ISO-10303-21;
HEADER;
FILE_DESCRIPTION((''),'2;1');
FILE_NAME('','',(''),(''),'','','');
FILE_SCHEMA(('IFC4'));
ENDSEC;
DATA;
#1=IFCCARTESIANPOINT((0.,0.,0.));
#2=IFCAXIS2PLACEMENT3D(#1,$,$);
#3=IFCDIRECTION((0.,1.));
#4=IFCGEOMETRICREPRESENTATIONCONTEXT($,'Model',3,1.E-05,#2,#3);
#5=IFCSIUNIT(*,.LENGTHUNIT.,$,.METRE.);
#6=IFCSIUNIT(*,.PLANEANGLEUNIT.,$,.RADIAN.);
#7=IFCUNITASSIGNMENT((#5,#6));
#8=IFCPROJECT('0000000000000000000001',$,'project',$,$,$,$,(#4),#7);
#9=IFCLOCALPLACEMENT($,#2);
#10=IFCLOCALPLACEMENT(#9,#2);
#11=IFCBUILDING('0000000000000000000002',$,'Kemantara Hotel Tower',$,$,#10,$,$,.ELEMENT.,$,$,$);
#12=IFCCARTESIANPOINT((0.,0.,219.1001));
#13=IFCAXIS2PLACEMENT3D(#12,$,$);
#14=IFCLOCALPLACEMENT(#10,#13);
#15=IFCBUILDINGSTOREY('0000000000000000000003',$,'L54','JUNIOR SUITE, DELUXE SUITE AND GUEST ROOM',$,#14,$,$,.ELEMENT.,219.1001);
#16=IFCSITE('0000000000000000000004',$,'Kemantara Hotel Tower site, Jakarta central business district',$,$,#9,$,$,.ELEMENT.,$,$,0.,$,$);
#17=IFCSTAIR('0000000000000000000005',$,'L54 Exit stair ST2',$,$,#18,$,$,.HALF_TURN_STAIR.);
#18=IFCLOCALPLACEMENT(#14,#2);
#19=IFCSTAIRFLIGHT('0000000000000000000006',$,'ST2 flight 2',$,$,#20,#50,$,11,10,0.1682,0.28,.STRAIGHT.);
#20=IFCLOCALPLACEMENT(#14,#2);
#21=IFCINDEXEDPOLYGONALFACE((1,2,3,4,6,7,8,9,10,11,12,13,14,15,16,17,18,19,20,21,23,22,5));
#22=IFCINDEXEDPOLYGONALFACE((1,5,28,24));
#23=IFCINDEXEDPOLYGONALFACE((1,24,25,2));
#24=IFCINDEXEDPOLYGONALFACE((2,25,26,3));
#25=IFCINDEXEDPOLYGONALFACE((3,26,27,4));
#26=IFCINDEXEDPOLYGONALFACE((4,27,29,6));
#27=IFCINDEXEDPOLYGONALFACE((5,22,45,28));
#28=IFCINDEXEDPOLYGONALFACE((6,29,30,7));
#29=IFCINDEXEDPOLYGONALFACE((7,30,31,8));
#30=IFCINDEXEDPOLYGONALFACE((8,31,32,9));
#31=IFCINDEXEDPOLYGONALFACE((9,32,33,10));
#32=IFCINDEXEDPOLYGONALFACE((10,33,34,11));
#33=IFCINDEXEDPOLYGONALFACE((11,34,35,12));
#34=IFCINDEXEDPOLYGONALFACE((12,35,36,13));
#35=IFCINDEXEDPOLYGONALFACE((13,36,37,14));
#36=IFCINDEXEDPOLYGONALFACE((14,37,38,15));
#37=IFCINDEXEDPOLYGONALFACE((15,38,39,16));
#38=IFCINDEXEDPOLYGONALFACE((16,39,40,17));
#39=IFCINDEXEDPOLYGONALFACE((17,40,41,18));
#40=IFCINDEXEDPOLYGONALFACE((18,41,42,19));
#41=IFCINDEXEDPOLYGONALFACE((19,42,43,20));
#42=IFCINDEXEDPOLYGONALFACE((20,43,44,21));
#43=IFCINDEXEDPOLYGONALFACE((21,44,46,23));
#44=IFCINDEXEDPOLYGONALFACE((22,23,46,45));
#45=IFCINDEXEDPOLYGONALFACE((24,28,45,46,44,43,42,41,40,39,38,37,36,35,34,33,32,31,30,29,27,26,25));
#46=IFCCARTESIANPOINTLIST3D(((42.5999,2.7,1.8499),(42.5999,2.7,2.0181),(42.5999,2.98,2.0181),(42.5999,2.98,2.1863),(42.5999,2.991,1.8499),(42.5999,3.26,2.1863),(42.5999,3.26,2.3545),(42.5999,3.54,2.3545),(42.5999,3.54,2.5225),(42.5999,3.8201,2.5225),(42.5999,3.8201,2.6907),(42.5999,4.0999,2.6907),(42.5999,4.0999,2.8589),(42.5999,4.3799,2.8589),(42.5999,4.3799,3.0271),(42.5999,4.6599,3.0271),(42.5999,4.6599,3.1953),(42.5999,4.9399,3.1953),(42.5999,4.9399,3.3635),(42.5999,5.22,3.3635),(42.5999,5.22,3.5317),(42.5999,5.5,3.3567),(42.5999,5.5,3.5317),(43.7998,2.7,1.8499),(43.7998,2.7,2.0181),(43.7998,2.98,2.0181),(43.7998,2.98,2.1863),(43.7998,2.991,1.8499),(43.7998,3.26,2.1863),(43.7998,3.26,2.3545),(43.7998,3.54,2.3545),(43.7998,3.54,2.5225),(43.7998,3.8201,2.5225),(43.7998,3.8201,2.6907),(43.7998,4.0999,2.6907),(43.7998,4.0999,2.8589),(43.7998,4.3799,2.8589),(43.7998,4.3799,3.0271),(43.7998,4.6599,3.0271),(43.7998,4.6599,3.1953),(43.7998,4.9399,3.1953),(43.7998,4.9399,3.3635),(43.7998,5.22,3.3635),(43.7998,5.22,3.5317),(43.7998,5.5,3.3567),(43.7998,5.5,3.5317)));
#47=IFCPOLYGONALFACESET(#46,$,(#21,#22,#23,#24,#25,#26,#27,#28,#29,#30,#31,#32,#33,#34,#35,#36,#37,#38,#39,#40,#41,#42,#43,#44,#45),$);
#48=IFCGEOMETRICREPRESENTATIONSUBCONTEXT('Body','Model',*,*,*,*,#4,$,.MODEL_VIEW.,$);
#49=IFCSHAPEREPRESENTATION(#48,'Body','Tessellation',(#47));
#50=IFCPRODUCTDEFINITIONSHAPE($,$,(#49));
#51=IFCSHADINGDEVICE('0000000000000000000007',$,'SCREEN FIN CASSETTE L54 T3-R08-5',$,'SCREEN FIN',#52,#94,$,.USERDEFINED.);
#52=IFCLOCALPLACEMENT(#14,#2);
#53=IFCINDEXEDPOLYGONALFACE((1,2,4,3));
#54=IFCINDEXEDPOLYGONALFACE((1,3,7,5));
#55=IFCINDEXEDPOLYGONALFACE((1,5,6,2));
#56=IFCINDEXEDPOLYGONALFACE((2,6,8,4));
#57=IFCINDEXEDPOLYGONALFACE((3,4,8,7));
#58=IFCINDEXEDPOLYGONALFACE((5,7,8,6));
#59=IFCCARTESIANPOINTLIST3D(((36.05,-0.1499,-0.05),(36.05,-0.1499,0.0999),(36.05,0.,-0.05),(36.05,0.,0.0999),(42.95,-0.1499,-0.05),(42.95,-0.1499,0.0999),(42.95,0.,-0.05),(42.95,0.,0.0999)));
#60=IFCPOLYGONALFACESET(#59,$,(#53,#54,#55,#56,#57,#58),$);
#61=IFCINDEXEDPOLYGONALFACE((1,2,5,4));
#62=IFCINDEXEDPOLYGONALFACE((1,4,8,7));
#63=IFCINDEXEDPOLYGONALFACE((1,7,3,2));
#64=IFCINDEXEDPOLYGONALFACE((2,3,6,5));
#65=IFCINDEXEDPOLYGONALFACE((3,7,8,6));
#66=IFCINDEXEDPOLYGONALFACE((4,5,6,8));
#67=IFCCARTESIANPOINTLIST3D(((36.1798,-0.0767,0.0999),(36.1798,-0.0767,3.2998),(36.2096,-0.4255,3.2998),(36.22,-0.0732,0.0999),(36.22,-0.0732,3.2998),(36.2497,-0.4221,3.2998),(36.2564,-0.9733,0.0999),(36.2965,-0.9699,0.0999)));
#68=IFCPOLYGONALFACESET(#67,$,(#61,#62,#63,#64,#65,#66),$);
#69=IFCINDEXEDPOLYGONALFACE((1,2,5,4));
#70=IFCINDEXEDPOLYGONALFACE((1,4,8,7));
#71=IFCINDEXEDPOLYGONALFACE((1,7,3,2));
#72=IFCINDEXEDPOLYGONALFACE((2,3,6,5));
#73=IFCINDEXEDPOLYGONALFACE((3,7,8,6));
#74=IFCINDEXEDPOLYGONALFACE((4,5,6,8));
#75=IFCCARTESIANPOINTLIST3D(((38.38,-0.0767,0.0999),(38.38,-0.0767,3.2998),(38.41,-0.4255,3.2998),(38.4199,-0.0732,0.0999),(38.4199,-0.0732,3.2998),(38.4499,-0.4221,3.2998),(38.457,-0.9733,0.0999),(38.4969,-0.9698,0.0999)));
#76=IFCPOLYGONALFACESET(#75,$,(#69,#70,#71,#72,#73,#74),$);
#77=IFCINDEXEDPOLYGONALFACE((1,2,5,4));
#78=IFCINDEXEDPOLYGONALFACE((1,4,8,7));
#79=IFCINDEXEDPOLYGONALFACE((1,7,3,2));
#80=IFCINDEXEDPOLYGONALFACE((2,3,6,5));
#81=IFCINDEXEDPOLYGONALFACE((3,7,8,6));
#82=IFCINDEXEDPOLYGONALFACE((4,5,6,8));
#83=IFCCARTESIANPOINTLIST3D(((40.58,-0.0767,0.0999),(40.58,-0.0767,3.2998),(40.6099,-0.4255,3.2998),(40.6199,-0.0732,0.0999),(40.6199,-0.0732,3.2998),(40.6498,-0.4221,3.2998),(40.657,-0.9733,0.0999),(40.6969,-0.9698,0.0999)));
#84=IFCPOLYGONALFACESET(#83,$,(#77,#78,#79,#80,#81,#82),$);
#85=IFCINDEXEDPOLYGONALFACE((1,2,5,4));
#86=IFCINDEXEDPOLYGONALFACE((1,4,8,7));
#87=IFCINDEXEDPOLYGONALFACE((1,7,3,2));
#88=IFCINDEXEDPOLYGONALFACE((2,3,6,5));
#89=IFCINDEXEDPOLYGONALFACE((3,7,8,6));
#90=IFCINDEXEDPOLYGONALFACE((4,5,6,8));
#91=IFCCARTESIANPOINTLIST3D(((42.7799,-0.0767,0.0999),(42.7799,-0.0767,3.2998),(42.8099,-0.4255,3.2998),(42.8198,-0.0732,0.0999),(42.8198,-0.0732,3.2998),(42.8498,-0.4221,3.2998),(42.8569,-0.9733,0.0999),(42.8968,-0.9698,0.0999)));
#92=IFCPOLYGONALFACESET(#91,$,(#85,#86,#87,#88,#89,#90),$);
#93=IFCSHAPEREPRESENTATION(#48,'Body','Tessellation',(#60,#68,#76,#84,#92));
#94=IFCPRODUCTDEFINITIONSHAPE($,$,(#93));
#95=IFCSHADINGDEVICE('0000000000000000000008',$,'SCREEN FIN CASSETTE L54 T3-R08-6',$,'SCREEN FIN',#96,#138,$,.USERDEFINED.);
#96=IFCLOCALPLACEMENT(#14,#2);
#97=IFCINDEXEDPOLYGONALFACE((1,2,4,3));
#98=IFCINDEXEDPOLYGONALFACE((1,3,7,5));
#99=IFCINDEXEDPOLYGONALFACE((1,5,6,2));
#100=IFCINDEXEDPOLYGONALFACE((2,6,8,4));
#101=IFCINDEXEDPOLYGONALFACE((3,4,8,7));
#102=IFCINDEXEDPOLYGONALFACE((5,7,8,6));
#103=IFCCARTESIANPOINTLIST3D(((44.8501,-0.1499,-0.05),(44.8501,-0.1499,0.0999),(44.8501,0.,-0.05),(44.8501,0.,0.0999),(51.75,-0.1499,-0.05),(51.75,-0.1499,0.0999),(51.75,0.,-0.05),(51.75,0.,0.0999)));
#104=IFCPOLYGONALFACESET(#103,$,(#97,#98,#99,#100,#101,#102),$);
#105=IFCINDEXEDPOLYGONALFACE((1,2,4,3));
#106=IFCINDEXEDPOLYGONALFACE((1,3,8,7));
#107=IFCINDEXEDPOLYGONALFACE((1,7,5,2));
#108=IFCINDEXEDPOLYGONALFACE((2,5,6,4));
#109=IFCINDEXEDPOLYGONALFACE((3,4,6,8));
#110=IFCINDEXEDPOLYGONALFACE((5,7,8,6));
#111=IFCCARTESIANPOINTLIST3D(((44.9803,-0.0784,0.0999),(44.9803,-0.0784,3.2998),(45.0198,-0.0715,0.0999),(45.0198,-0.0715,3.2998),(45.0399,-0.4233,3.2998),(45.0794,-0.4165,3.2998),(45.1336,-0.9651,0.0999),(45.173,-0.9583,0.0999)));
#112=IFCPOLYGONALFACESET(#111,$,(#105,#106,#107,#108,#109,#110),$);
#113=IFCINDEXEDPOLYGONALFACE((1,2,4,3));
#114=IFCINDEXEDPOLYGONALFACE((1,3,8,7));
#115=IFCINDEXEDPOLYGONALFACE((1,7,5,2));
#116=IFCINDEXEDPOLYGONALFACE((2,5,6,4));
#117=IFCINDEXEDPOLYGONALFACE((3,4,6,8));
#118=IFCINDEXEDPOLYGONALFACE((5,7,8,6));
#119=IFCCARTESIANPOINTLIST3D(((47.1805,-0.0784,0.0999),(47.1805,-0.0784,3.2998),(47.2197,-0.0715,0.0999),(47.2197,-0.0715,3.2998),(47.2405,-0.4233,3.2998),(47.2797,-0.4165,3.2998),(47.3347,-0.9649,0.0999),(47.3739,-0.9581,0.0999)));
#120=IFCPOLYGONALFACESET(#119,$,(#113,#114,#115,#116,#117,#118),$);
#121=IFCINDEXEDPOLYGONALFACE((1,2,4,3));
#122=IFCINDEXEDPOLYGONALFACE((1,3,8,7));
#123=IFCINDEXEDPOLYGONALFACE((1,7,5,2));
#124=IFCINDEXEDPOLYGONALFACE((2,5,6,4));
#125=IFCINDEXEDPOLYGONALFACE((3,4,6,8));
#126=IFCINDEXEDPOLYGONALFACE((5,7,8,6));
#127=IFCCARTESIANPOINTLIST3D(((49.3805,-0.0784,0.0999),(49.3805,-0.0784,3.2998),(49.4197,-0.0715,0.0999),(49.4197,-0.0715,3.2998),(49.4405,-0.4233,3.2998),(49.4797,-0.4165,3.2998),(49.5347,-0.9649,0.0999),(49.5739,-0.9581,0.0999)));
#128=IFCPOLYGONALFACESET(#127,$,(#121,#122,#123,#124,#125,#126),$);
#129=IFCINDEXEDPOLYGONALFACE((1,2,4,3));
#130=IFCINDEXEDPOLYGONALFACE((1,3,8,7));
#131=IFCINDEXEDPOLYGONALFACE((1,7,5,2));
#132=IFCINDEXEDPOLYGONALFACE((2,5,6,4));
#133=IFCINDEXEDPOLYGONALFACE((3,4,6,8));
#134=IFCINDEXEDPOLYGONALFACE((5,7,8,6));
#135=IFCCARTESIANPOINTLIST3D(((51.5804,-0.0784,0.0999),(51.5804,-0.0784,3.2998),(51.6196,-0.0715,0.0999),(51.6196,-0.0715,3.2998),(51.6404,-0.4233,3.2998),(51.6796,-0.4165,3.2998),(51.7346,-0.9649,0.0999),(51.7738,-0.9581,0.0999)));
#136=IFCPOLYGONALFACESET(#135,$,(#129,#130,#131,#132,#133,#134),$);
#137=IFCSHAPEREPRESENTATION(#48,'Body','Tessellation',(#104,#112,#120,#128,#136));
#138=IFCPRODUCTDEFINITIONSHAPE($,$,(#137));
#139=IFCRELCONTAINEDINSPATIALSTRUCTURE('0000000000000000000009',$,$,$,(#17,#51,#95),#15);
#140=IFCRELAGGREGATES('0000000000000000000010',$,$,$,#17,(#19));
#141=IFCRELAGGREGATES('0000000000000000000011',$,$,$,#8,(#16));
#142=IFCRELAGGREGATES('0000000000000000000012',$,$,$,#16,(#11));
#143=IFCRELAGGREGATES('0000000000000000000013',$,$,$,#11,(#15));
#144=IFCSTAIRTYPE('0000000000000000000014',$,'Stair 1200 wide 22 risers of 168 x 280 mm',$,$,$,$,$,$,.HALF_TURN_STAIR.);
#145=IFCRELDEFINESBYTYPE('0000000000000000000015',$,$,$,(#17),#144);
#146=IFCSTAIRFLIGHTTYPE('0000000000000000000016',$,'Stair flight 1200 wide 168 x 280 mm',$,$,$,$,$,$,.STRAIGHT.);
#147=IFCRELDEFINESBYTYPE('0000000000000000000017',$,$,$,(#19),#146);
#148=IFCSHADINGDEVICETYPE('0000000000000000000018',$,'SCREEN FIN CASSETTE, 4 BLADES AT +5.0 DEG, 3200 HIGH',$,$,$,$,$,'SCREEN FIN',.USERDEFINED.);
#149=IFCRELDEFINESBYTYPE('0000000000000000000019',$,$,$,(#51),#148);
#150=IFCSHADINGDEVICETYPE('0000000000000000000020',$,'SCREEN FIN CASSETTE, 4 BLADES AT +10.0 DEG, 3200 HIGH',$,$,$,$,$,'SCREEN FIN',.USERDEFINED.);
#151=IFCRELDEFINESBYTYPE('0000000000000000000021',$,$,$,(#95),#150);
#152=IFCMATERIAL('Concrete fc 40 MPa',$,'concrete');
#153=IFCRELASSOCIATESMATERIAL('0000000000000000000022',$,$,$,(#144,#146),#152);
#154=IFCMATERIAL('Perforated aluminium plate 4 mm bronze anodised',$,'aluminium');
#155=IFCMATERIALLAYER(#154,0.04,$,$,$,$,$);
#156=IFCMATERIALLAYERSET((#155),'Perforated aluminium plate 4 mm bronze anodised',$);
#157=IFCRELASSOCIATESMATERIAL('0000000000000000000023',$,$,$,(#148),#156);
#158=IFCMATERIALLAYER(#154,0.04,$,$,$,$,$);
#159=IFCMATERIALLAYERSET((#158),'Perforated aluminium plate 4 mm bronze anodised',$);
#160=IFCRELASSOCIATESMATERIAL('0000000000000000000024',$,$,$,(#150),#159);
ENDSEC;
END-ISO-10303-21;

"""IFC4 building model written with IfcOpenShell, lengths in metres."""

from ifc_helpers import new_model, si_unit, direction, frame, origin, origin_2d, place, context, subcontext, project, spatial, polyline, rectangle, outline, extrude, source, transform, mapped, material, layer, layer_set, type_object, element, aggregate, save


model = new_model("IFC4")

# Units and contexts
model_context = context("Model", 3, precision=1e-05, world=origin(), true_north=direction((0.0, 1.0)))
body_context = subcontext(model_context, "Body", "Model", "MODEL_VIEW")
ifc_project = project(units=[si_unit("LENGTHUNIT", "METRE"), si_unit("PLANEANGLEUNIT", "RADIAN")], contexts=[model_context])

# Site, building, storey
site_placement = place(None, origin())
site = spatial("IfcSite", under=ifc_project, at=site_placement, Name="Kemantara Hotel Tower site, Jakarta central business district", CompositionType="ELEMENT", RefElevation=0.0)
building_placement = place(site_placement, origin())
building = spatial("IfcBuilding", under=site, at=building_placement, Name="Kemantara Hotel Tower", CompositionType="ELEMENT")
storey_placement = place(building_placement, frame((0.0, 0.0, 219.1001)))
storey = spatial("IfcBuildingStorey", under=building, at=storey_placement, Name="L54", Description="JUNIOR SUITE, DELUXE SUITE AND GUEST ROOM", CompositionType="ELEMENT", Elevation=219.1001)

# Stair, stair flight
ifc_material_1 = material(Name="Concrete fc 40 MPa", Category="concrete")
stair_type = type_object("IfcStairType", Name="Stair 1200 wide 22 risers of 168 x 280 mm", PredefinedType="HALF_TURN_STAIR", material=ifc_material_1)
stair_placement = place(storey_placement, origin())
stair = element("IfcStair", 1, at=stair_placement, inside=storey, type_object=stair_type, Name="L54 Exit stair ST2", PredefinedType="HALF_TURN_STAIR")
stair_flight_type = type_object("IfcStairFlightType", Name="Stair flight 1200 wide 168 x 280 mm", PredefinedType="STRAIGHT", material=ifc_material_1)
stair_flight_1_placement = place(storey_placement, frame((43.2, 2.7, 1.8499), z_axis=(0.0, 0.0, 1.0), x_axis=(0.0, 1.0, 0.0)))
stair_flight_1 = element("IfcStairFlight", 2, at=stair_flight_1_placement, type_object=stair_flight_type, Name="ST2 flight 2", NumberOfRisers=11, NumberOfTreads=10, PredefinedType="STRAIGHT", RiserHeight=0.1682, TreadLength=0.28, context=body_context, shape_type="SweptSolid", body=[
    extrude(outline(polyline([(0.0, 0.0), (0.0, 0.1682), (0.28, 0.1682), (0.28, 0.3364), (0.5601, 0.3364), (0.5601, 0.5046), (0.8401, 0.5046), (0.8401, 0.6726), (1.1201, 0.6726), (1.1201, 0.8408), (1.3999, 0.8408), (1.3999, 1.009), (1.6799, 1.009), (1.6799, 1.1772), (1.96, 1.1772), (1.96, 1.3455), (2.24, 1.3455), (2.24, 1.5137), (2.52, 1.5137), (2.52, 1.6819), (2.8, 1.6819), (2.8, 1.8501), (2.8, 1.5068), (0.291, 0.0), (0.0, 0.0)])), frame((0.0, 0.6001, 0.0), z_axis=(0.0, -1.0, 0.0), x_axis=(1.0, 0.0, 0.0)), (0.0, 0.0, 1.0), 1.2),
])
aggregate(stair, [stair_flight_1])

# Shading devices
ifc_material_2 = material(Name="Perforated aluminium plate 4 mm bronze anodised", Category="aluminium")
ifc_layer_1 = layer(ifc_material_2, 0.04)
ifc_layer_set_1 = layer_set([ifc_layer_1], Name="Perforated aluminium plate 4 mm bronze anodised")
shading_device_type_1 = type_object("IfcShadingDeviceType", Name="SCREEN FIN CASSETTE, 4 BLADES AT +5.0 DEG, 3200 HIGH", ElementType="SCREEN FIN", PredefinedType="USERDEFINED", material=ifc_layer_set_1)
shared_shape_1 = source(origin(), body_context, "Body", "SweptSolid", [
    extrude(rectangle(XDim=6.8999, YDim=0.1499, at=origin_2d()), frame((3.3, -0.075, -0.1499), z_axis=(0.0, 0.0, 1.0), x_axis=(1.0, 0.0, 0.0)), (0.0, 0.0, 1.0), 0.1499),
    extrude(outline(polyline([(0.0, 0.0), (0.8999, 0.0), (0.3501, 3.2), (0.0, 3.2), (0.0, 0.0)])), frame((0.02, -0.0732, 0.0), z_axis=(-0.996376, -0.085056, 0.0), x_axis=(0.085056, -0.996376, 0.0)), (0.0, 0.0, 1.0), 0.0403),
    extrude(outline(polyline([(0.0, 0.0), (0.8999, 0.0), (0.3501, 3.2), (0.0, 3.2), (0.0, 0.0)])), frame((2.22, -0.0732, 0.0), z_axis=(-0.996332, -0.085575, 0.0), x_axis=(0.085575, -0.996332, 0.0)), (0.0, 0.0, 1.0), 0.04),
    extrude(outline(polyline([(0.0, 0.0), (0.8999, 0.0), (0.3501, 3.2), (0.0, 3.2), (0.0, 0.0)])), frame((4.4199, -0.0732, 0.0), z_axis=(-0.996332, -0.085575, 0.0), x_axis=(0.085575, -0.996332, 0.0)), (0.0, 0.0, 1.0), 0.04),
    extrude(outline(polyline([(0.0, 0.0), (0.8999, 0.0), (0.3501, 3.2), (0.0, 3.2), (0.0, 0.0)])), frame((6.6199, -0.0732, 0.0), z_axis=(-0.996332, -0.085575, 0.0), x_axis=(0.085575, -0.996332, 0.0)), (0.0, 0.0, 1.0), 0.04),
])
shading_device_1_placement = place(storey_placement, frame((36.2, 0.0, 0.0999), z_axis=(0.0, 0.0, 1.0), x_axis=(1.0, 0.0, 0.0)))
element("IfcShadingDevice", 3, at=shading_device_1_placement, inside=storey, type_object=shading_device_type_1, Name="SCREEN FIN CASSETTE L54 T3-R08-5", ObjectType="SCREEN FIN", PredefinedType="USERDEFINED", context=body_context, shape_type="MappedRepresentation", body=[
    mapped(shared_shape_1, transform((0.0, 0.0, 0.0))),
])
ifc_layer_2 = layer(ifc_material_2, 0.04)
ifc_layer_set_2 = layer_set([ifc_layer_2], Name="Perforated aluminium plate 4 mm bronze anodised")
shading_device_type_2 = type_object("IfcShadingDeviceType", Name="SCREEN FIN CASSETTE, 4 BLADES AT +10.0 DEG, 3200 HIGH", ElementType="SCREEN FIN", PredefinedType="USERDEFINED", material=ifc_layer_set_2)
shared_shape_2 = source(origin(), body_context, "Body", "SweptSolid", [
    extrude(rectangle(XDim=6.8999, YDim=0.1499, at=origin_2d()), frame((3.3, -0.075, -0.1499), z_axis=(0.0, 0.0, 1.0), x_axis=(1.0, 0.0, 0.0)), (0.0, 0.0, 1.0), 0.1499),
    extrude(outline(polyline([(0.0, 0.0), (0.8999, 0.0), (0.3501, 3.2), (0.0, 3.2), (0.0, 0.0)])), frame((0.0198, -0.0715, 0.0), z_axis=(-0.98539, -0.170314, 0.0), x_axis=(0.170314, -0.98539, 0.0)), (0.0, 0.0, 1.0), 0.04),
    extrude(outline(polyline([(0.0, 0.0), (0.8999, 0.0), (0.3501, 3.2), (0.0, 3.2), (0.0, 0.0)])), frame((2.2197, -0.0715, 0.0), z_axis=(-0.985212, -0.171341, 0.0), x_axis=(0.171341, -0.985212, 0.0)), (0.0, 0.0, 1.0), 0.0398),
    extrude(outline(polyline([(0.0, 0.0), (0.8999, 0.0), (0.3501, 3.2), (0.0, 3.2), (0.0, 0.0)])), frame((4.4197, -0.0715, 0.0), z_axis=(-0.985212, -0.171341, 0.0), x_axis=(0.171341, -0.985212, 0.0)), (0.0, 0.0, 1.0), 0.0398),
    extrude(outline(polyline([(0.0, 0.0), (0.8999, 0.0), (0.3501, 3.2), (0.0, 3.2), (0.0, 0.0)])), frame((6.6196, -0.0715, 0.0), z_axis=(-0.985212, -0.171341, 0.0), x_axis=(0.171341, -0.985212, 0.0)), (0.0, 0.0, 1.0), 0.0398),
])
shading_device_2_placement = place(storey_placement, frame((45.0, 0.0, 0.0999), z_axis=(0.0, 0.0, 1.0), x_axis=(1.0, 0.0, 0.0)))
element("IfcShadingDevice", 4, at=shading_device_2_placement, inside=storey, type_object=shading_device_type_2, Name="SCREEN FIN CASSETTE L54 T3-R08-6", ObjectType="SCREEN FIN", PredefinedType="USERDEFINED", context=body_context, shape_type="MappedRepresentation", body=[
    mapped(shared_shape_2, transform((0.0, 0.0, 0.0))),
])

save(model, "model.ifc")
